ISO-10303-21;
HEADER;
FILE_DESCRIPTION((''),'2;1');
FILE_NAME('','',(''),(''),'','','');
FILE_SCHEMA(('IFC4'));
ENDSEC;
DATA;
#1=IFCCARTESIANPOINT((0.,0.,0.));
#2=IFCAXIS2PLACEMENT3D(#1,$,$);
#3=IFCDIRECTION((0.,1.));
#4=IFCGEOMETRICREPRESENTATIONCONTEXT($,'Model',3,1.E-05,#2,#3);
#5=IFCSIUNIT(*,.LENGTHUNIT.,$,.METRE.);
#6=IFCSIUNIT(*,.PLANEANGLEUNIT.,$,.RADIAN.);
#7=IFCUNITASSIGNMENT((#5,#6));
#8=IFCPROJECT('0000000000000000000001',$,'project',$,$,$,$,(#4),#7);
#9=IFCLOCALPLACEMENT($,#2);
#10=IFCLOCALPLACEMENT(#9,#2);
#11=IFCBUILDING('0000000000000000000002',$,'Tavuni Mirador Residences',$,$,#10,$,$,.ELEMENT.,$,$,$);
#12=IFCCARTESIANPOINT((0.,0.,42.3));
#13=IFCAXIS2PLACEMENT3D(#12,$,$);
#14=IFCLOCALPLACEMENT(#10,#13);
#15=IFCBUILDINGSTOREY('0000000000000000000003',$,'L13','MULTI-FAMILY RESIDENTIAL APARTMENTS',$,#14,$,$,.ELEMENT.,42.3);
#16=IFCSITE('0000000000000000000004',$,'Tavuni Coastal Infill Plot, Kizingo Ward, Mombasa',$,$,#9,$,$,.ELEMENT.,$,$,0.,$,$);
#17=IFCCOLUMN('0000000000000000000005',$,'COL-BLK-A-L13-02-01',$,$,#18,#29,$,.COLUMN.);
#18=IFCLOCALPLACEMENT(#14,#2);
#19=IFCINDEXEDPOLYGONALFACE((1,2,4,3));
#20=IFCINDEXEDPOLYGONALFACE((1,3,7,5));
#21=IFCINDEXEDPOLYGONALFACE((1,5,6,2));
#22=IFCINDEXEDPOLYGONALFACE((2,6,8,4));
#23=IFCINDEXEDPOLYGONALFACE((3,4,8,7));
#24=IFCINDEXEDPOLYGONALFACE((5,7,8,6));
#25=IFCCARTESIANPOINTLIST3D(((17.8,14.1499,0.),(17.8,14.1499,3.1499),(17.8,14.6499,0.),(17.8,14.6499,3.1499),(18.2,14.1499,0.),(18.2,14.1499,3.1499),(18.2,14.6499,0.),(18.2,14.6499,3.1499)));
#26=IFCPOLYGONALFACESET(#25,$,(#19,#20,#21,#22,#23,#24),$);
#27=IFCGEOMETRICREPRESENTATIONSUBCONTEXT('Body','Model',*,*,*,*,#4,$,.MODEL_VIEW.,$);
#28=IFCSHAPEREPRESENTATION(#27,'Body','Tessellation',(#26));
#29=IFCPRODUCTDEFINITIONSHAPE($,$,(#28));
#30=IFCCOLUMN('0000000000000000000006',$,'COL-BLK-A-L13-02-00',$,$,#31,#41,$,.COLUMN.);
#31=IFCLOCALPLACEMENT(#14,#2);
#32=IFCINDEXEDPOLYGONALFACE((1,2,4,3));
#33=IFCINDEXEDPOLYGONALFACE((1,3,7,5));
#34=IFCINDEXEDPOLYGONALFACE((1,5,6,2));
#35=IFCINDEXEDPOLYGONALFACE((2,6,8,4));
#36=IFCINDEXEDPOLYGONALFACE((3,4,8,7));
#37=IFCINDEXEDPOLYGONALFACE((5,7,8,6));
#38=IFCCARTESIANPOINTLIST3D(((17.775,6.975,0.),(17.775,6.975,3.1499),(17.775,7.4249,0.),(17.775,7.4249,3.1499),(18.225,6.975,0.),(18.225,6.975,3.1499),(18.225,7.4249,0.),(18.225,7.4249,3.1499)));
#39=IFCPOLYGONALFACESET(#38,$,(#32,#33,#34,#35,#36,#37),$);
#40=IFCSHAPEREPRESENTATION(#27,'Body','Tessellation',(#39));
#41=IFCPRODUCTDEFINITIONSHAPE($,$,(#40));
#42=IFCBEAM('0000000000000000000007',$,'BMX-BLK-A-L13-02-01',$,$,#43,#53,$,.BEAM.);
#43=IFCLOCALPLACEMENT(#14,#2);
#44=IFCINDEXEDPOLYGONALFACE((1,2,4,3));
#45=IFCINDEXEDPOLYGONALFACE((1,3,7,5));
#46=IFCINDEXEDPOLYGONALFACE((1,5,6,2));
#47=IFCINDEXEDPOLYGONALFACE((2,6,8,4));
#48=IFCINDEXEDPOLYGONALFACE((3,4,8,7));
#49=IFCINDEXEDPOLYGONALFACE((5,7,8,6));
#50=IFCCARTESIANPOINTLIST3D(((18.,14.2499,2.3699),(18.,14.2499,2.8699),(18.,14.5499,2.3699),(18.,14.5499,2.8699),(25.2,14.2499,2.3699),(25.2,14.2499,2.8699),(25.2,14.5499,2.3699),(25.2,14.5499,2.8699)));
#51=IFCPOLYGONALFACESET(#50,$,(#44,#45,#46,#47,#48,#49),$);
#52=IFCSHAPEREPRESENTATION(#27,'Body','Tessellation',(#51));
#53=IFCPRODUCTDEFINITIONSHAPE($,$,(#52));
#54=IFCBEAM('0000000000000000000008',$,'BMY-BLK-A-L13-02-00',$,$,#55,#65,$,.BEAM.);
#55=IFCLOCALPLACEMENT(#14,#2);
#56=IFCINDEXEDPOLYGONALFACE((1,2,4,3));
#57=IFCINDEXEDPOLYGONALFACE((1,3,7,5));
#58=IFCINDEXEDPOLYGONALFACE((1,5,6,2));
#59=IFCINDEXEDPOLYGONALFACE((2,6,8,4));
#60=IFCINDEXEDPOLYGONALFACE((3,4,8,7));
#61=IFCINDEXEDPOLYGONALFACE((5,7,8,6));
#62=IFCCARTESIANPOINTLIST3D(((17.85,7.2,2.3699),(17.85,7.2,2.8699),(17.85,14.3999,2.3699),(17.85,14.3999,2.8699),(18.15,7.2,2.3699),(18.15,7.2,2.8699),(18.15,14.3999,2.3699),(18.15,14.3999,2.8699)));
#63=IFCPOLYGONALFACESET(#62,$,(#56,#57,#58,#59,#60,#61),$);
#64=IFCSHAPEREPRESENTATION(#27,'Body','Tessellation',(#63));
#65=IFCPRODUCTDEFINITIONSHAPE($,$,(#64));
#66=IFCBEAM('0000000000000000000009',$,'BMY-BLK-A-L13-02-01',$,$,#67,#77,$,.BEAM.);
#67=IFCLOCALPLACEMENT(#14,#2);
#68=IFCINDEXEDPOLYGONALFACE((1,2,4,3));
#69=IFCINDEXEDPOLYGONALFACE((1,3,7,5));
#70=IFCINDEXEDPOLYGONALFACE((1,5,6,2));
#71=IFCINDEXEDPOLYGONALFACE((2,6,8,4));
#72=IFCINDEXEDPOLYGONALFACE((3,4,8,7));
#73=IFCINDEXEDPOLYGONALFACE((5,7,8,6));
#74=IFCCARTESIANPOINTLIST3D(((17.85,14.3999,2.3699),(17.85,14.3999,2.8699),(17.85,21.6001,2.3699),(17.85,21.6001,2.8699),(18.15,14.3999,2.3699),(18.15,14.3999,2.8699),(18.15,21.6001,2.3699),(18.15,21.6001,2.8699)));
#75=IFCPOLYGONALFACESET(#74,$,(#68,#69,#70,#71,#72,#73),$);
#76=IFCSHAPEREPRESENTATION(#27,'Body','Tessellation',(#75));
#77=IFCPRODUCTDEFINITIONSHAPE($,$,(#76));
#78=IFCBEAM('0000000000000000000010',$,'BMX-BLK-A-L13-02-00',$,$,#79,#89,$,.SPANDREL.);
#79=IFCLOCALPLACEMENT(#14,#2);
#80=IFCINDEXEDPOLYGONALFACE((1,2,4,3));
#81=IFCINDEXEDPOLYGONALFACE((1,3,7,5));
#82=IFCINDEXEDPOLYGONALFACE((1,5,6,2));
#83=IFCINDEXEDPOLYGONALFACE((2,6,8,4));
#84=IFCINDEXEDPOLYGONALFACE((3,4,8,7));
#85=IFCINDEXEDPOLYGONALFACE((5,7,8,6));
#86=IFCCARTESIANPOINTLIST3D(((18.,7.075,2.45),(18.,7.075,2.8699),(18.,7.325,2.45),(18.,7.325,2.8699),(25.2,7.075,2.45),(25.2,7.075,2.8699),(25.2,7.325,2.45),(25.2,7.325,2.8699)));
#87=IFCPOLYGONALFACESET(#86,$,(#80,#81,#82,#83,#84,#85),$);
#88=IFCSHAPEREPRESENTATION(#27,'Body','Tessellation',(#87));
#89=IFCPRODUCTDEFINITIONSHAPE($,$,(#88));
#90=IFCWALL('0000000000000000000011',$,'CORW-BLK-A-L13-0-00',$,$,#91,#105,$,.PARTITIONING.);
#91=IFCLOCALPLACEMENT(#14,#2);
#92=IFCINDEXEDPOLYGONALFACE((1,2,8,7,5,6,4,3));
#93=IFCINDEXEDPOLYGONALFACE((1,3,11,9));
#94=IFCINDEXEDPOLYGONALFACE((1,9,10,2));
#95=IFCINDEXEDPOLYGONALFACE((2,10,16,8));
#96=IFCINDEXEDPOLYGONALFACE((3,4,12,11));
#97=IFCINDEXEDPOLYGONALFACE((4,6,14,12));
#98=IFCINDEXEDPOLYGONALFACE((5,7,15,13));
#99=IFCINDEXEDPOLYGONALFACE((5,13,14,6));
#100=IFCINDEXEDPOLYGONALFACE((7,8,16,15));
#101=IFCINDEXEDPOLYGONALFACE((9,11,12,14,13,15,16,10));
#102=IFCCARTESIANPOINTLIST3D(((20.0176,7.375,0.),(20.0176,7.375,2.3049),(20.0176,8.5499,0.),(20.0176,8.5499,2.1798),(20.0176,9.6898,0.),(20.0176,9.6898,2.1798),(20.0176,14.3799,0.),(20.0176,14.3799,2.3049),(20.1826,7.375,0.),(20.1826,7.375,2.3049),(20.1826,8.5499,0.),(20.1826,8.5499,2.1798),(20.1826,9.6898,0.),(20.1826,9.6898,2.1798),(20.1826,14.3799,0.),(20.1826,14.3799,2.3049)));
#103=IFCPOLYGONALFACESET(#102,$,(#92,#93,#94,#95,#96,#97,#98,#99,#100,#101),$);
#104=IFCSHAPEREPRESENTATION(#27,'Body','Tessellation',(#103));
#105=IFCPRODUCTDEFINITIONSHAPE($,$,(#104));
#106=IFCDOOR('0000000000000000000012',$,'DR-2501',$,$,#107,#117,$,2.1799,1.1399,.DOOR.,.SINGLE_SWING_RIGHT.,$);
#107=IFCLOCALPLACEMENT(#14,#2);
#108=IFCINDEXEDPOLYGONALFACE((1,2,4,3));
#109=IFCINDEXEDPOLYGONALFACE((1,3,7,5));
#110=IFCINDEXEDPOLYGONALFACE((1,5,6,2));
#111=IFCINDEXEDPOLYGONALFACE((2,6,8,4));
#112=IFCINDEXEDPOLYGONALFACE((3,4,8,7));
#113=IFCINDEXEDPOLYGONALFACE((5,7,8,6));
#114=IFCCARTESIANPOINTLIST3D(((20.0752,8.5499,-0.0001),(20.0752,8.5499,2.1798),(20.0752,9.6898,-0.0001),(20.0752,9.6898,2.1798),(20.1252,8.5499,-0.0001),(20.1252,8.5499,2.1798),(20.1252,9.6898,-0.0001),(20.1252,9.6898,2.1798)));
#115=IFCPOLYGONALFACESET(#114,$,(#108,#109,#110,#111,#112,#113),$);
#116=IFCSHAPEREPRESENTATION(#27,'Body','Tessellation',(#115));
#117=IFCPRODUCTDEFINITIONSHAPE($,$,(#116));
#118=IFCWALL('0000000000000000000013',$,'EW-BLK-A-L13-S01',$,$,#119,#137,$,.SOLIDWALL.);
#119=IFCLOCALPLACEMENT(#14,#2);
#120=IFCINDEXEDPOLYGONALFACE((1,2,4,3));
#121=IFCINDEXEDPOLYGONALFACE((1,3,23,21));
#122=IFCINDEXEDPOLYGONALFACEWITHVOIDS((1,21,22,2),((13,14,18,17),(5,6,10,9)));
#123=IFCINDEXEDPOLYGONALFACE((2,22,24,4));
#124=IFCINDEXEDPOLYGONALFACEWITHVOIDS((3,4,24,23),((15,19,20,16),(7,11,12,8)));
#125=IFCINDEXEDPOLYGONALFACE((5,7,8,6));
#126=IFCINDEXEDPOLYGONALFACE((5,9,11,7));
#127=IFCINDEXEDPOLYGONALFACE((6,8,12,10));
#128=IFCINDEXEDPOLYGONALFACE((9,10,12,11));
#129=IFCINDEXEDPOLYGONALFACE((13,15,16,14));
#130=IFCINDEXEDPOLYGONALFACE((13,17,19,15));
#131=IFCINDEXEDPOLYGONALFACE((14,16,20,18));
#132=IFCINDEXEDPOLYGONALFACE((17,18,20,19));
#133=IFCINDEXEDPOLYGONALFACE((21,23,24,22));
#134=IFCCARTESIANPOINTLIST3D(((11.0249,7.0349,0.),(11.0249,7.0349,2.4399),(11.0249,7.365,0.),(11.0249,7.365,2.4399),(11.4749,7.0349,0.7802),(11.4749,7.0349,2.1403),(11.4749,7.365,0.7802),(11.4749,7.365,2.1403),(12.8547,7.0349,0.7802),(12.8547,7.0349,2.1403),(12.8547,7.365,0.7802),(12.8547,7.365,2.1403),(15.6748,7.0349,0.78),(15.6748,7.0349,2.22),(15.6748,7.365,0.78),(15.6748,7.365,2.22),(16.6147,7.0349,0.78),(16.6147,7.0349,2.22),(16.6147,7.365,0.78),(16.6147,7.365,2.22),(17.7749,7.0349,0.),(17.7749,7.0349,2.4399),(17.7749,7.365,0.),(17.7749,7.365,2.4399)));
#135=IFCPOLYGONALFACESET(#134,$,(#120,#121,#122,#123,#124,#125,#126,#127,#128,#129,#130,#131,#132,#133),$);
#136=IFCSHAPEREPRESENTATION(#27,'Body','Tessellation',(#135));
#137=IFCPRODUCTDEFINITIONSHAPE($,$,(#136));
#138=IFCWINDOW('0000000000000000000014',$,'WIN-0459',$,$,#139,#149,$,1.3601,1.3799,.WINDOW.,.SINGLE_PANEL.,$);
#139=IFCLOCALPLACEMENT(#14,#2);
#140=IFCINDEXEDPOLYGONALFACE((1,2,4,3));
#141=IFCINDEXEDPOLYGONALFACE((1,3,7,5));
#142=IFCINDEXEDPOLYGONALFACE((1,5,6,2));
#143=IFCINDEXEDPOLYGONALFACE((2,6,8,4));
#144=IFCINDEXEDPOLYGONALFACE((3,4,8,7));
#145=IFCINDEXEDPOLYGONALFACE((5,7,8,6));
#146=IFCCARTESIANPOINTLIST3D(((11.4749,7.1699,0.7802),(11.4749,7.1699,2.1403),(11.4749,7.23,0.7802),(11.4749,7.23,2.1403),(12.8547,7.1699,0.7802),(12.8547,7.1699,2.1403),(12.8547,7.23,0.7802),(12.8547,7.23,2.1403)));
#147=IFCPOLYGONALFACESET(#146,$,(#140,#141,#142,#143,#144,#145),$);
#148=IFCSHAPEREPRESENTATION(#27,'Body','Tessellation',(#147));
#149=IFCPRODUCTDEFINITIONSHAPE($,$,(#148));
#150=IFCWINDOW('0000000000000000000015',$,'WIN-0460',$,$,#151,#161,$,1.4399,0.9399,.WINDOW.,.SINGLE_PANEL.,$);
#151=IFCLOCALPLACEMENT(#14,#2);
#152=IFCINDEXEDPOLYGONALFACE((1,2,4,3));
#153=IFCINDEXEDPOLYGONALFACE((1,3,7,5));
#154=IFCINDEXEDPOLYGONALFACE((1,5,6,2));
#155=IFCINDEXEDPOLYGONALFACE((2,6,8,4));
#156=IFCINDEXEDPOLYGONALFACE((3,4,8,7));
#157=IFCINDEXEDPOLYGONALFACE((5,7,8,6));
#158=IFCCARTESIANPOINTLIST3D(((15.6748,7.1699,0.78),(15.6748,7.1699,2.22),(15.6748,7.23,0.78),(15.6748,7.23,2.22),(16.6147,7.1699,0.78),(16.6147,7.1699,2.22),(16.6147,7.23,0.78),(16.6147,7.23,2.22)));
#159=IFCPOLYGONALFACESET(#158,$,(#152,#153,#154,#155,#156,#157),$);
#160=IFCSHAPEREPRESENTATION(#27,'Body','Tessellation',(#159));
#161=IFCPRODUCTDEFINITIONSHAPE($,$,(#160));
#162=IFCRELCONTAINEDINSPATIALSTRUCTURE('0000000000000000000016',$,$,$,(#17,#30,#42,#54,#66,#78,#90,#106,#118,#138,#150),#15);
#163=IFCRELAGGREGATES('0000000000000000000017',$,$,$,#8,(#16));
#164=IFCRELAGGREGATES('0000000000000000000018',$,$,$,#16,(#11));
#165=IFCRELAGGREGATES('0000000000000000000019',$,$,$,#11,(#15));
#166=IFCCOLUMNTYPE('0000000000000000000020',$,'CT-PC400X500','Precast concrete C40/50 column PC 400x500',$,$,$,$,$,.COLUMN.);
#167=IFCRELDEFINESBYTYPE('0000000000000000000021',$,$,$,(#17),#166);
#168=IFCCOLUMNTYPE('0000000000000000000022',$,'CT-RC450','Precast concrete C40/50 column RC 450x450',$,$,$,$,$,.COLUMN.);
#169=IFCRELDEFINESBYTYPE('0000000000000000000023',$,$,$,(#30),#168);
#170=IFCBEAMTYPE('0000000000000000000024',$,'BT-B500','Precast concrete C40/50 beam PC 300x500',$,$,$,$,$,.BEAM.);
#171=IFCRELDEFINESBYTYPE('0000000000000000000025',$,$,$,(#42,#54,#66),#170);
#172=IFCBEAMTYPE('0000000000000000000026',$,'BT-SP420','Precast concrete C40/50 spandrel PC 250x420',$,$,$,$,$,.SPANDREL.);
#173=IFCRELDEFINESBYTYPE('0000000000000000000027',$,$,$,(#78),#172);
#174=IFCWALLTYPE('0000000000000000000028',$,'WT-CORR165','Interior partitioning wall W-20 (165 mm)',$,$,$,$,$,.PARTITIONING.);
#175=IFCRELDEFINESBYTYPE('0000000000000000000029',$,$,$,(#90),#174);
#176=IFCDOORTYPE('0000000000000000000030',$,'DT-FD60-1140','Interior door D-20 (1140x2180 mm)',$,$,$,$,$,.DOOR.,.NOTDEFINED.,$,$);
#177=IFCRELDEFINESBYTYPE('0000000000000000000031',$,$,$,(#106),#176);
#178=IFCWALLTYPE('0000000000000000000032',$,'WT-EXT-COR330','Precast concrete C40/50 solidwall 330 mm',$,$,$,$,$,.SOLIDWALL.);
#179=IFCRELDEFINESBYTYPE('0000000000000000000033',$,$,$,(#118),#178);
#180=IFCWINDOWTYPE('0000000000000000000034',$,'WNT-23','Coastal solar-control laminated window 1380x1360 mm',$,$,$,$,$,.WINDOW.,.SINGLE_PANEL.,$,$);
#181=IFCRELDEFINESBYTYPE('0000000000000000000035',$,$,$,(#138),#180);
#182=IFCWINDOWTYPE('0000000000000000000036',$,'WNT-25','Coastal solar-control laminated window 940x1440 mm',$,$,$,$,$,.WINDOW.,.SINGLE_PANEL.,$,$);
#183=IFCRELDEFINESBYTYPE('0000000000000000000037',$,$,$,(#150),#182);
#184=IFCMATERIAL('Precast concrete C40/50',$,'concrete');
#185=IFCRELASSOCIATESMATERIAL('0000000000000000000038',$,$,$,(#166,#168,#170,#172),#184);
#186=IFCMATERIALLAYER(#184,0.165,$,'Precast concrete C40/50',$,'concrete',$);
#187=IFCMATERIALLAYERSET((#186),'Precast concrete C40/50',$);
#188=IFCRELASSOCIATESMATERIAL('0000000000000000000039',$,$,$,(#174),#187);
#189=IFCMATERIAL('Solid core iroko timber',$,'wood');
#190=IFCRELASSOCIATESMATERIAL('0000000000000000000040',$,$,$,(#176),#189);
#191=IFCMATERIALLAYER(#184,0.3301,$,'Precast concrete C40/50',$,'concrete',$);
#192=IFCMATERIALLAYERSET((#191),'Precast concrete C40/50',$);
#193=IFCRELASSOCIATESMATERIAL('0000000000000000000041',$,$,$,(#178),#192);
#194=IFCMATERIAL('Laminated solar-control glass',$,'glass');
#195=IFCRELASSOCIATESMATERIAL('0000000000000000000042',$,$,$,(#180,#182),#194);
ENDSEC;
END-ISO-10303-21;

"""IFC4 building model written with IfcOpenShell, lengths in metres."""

from ifc_helpers import new_model, si_unit, direction, frame, frame_2d, origin, origin_2d, place, context, subcontext, project, spatial, rectangle, extrude, material, layer, layer_set, material_profile, profile_set, type_object, element, fill, save


model = new_model("IFC4")

# Units and contexts
model_context = context("Model", 3, precision=1e-05, world=origin(), true_north=direction((0.0, 1.0)))
body_context = subcontext(model_context, "Body", "Model", "MODEL_VIEW")
ifc_project = project(units=[si_unit("LENGTHUNIT", "METRE"), si_unit("PLANEANGLEUNIT", "RADIAN")], contexts=[model_context])

# Site, building, storey
site_placement = place(None, origin())
site = spatial("IfcSite", under=ifc_project, at=site_placement, Name="Tavuni Coastal Infill Plot, Kizingo Ward, Mombasa", CompositionType="ELEMENT", RefElevation=0.0)
building_placement = place(site_placement, origin())
building = spatial("IfcBuilding", under=site, at=building_placement, Name="Tavuni Mirador Residences", CompositionType="ELEMENT")
storey_placement = place(building_placement, frame((0.0, 0.0, 42.3)))
storey = spatial("IfcBuildingStorey", under=building, at=storey_placement, Name="L13", Description="MULTI-FAMILY RESIDENTIAL APARTMENTS", CompositionType="ELEMENT", Elevation=42.3)

# Columns
ifc_material_1 = material(Name="Precast concrete C40/50", Category="concrete")
ifc_material_profile_1 = material_profile(ifc_material_1, rectangle(XDim=0.3999, YDim=0.5, at=origin_2d()), Name="PC 400x500", Category="concrete")
ifc_profile_set_1 = profile_set([ifc_material_profile_1], Name="Precast concrete C40/50")
column_type_1 = type_object("IfcColumnType", Name="CT-PC400X500", Description="Precast concrete C40/50 column PC 400x500", PredefinedType="COLUMN", material=ifc_profile_set_1)
column_1_placement = place(storey_placement, frame((18.0, 14.3999, 0.0), z_axis=(0.0, 0.0, 1.0), x_axis=(1.0, 0.0, 0.0)))
element("IfcColumn", 1, at=column_1_placement, inside=storey, type_object=column_type_1, Name="COL-BLK-A-L13-02-01", PredefinedType="COLUMN", context=body_context, shape_type="SweptSolid", body=[
    extrude(rectangle(XDim=0.3999, YDim=0.5, at=origin_2d()), origin(), (0.0, 0.0, 1.0), 3.1499),
])
ifc_material_profile_2 = material_profile(ifc_material_1, rectangle(XDim=0.45, YDim=0.45, at=origin_2d()), Name="RC 450x450", Category="concrete")
ifc_profile_set_2 = profile_set([ifc_material_profile_2], Name="Precast concrete C40/50")
column_type_2 = type_object("IfcColumnType", Name="CT-RC450", Description="Precast concrete C40/50 column RC 450x450", PredefinedType="COLUMN", material=ifc_profile_set_2)
column_2_placement = place(storey_placement, frame((18.0, 7.2, 0.0), z_axis=(0.0, 0.0, 1.0), x_axis=(1.0, 0.0, 0.0)))
element("IfcColumn", 2, at=column_2_placement, inside=storey, type_object=column_type_2, Name="COL-BLK-A-L13-02-00", PredefinedType="COLUMN", context=body_context, shape_type="SweptSolid", body=[
    extrude(rectangle(XDim=0.45, YDim=0.45, at=origin_2d()), origin(), (0.0, 0.0, 1.0), 3.1499),
])

# Beams
ifc_material_profile_3 = material_profile(ifc_material_1, rectangle(XDim=0.3, YDim=0.5, at=origin_2d()), Name="PC 300x500", Category="concrete")
ifc_profile_set_3 = profile_set([ifc_material_profile_3], Name="Precast concrete C40/50")
beam_type_1 = type_object("IfcBeamType", Name="BT-B500", Description="Precast concrete C40/50 beam PC 300x500", PredefinedType="BEAM", material=ifc_profile_set_3)
for number, where, z_axis, x_axis, name in (
    (3, (18.0, 14.3999, 2.6199), (1.0, 0.0, 0.0), (0.0, 1.0, 0.0), "BMX-BLK-A-L13-02-01"),
    (4, (18.0, 7.2, 2.6199), (0.0, 1.0, 0.0), (-1.0, 0.0, 0.0), "BMY-BLK-A-L13-02-00"),
):
    element("IfcBeam", number, at=place(storey_placement, frame(where, z_axis=z_axis, x_axis=x_axis)), inside=storey, type_object=beam_type_1, Name=name, PredefinedType="BEAM", context=body_context, shape_type="SweptSolid", body=[
        extrude(rectangle(XDim=0.3, YDim=0.5, at=origin_2d()), origin(), (0.0, 0.0, 1.0), 7.2),
    ])
beam_1_placement = place(storey_placement, frame((18.0, 14.3999, 2.6199), z_axis=(0.0, 1.0, 0.0), x_axis=(-1.0, 0.0, 0.0)))
element("IfcBeam", 5, at=beam_1_placement, inside=storey, type_object=beam_type_1, Name="BMY-BLK-A-L13-02-01", PredefinedType="BEAM", context=body_context, shape_type="SweptSolid", body=[
    extrude(rectangle(XDim=0.3, YDim=0.5, at=origin_2d()), origin(), (0.0, 0.0, 1.0), 7.2002),
])
ifc_material_profile_4 = material_profile(ifc_material_1, rectangle(XDim=0.25, YDim=0.4199, at=origin_2d()), Name="PC 250x420", Category="concrete")
ifc_profile_set_4 = profile_set([ifc_material_profile_4], Name="Precast concrete C40/50")
beam_type_2 = type_object("IfcBeamType", Name="BT-SP420", Description="Precast concrete C40/50 spandrel PC 250x420", PredefinedType="SPANDREL", material=ifc_profile_set_4)
beam_2_placement = place(storey_placement, frame((18.0, 7.2, 2.6599), z_axis=(1.0, 0.0, 0.0), x_axis=(0.0, 1.0, 0.0)))
element("IfcBeam", 6, at=beam_2_placement, inside=storey, type_object=beam_type_2, Name="BMX-BLK-A-L13-02-00", PredefinedType="SPANDREL", context=body_context, shape_type="SweptSolid", body=[
    extrude(rectangle(XDim=0.25, YDim=0.4199, at=origin_2d()), origin(), (0.0, 0.0, 1.0), 7.2),
])

# Wall, opening, door
ifc_material_2 = material(Name="Solid core iroko timber", Category="wood")
ifc_layer_1 = layer(ifc_material_1, 0.165, Name="Precast concrete C40/50", Category="concrete")
ifc_layer_set_1 = layer_set([ifc_layer_1], Name="Precast concrete C40/50")
wall_type_1 = type_object("IfcWallType", Name="WT-CORR165", Description="Interior partitioning wall W-20 (165 mm)", PredefinedType="PARTITIONING", material=ifc_layer_set_1)
wall_1_placement = place(storey_placement, frame((20.1001, 7.375, 0.0), z_axis=(0.0, 0.0, 1.0), x_axis=(0.0, 1.0, 0.0)))
wall_1 = element("IfcWall", 7, at=wall_1_placement, inside=storey, type_object=wall_type_1, Name="CORW-BLK-A-L13-0-00", PredefinedType="PARTITIONING", context=body_context, shape_type="SweptSolid", body=[
    extrude(rectangle(XDim=7.0049, YDim=0.165, at=frame_2d((3.5024, 0.0))), origin(), (0.0, 0.0, 1.0), 2.3049),
])
opening_1_placement = place(wall_1_placement, frame((1.175, 0.0, 0.0)))
opening_1 = element("IfcOpeningElement", 8, at=opening_1_placement, cuts=wall_1, PredefinedType="OPENING", context=body_context, shape_type="SweptSolid", body=[
    extrude(rectangle(XDim=1.1399, YDim=2.1799, at=frame_2d((0.5698, 1.0898))), frame((0.0, 0.0925, 0.0), z_axis=(0.0, -1.0, 0.0), x_axis=(1.0, 0.0, 0.0)), (0.0, 0.0, 1.0), 0.1851),
])
door_type_1 = type_object("IfcDoorType", Name="DT-FD60-1140", Description="Interior door D-20 (1140x2180 mm)", OperationType="NOTDEFINED", PredefinedType="DOOR", material=ifc_material_2)
door_1_placement = place(opening_1_placement, origin())
door_1 = element("IfcDoor", 9, at=door_1_placement, inside=storey, type_object=door_type_1, Name="DR-2501", OperationType="SINGLE_SWING_RIGHT", OverallHeight=2.1799, OverallWidth=1.1399, PredefinedType="DOOR", context=body_context, shape_type="SweptSolid", body=[
    extrude(rectangle(XDim=1.1399, YDim=2.1799, at=frame_2d((0.5698, 1.0898))), frame((0.0, 0.0249, 0.0), z_axis=(0.0, -1.0, 0.0), x_axis=(1.0, 0.0, 0.0)), (0.0, 0.0, 1.0), 0.05),
])
fill(opening_1, door_1)

# Wall, openings, windows
ifc_layer_2 = layer(ifc_material_1, 0.3301, Name="Precast concrete C40/50", Category="concrete")
ifc_layer_set_2 = layer_set([ifc_layer_2], Name="Precast concrete C40/50")
wall_type_2 = type_object("IfcWallType", Name="WT-EXT-COR330", Description="Precast concrete C40/50 solidwall 330 mm", PredefinedType="SOLIDWALL", material=ifc_layer_set_2)
wall_2_placement = place(storey_placement, frame((11.0249, 7.2, 0.0), z_axis=(0.0, 0.0, 1.0), x_axis=(1.0, 0.0, 0.0)))
wall_2 = element("IfcWall", 10, at=wall_2_placement, inside=storey, type_object=wall_type_2, Name="EW-BLK-A-L13-S01", PredefinedType="SOLIDWALL", context=body_context, shape_type="SweptSolid", body=[
    extrude(rectangle(XDim=6.75, YDim=0.3301, at=frame_2d((3.375, 0.0))), origin(), (0.0, 0.0, 1.0), 2.4399),
])
opening_2_placement = place(wall_2_placement, frame((0.45, 0.0, 0.78)))
opening_2 = element("IfcOpeningElement", 11, at=opening_2_placement, cuts=wall_2, PredefinedType="OPENING", context=body_context, shape_type="SweptSolid", body=[
    extrude(rectangle(XDim=1.3799, YDim=1.3601, at=frame_2d((0.6899, 0.6802))), frame((0.0, 0.175, 0.0), z_axis=(0.0, -1.0, 0.0), x_axis=(1.0, 0.0, 0.0)), (0.0, 0.0, 1.0), 0.3501),
])
opening_3_placement = place(wall_2_placement, frame((4.6499, 0.0, 0.78)))
opening_3 = element("IfcOpeningElement", 12, at=opening_3_placement, cuts=wall_2, PredefinedType="OPENING", context=body_context, shape_type="SweptSolid", body=[
    extrude(rectangle(XDim=0.9399, YDim=1.4399, at=frame_2d((0.47, 0.72))), frame((0.0, 0.175, 0.0), z_axis=(0.0, -1.0, 0.0), x_axis=(1.0, 0.0, 0.0)), (0.0, 0.0, 1.0), 0.3501),
])
ifc_material_3 = material(Name="Laminated solar-control glass", Category="glass")
window_type_1 = type_object("IfcWindowType", Name="WNT-23", Description="Coastal solar-control laminated window 1380x1360 mm", PartitioningType="SINGLE_PANEL", PredefinedType="WINDOW", material=ifc_material_3)
window_1_placement = place(opening_2_placement, origin())
window_1 = element("IfcWindow", 13, at=window_1_placement, inside=storey, type_object=window_type_1, Name="WIN-0459", OverallHeight=1.3601, OverallWidth=1.3799, PartitioningType="SINGLE_PANEL", PredefinedType="WINDOW", context=body_context, shape_type="SweptSolid", body=[
    extrude(rectangle(XDim=1.3799, YDim=1.3601, at=frame_2d((0.6899, 0.6802))), frame((0.0, 0.03, 0.0), z_axis=(0.0, -1.0, 0.0), x_axis=(1.0, 0.0, 0.0)), (0.0, 0.0, 1.0), 0.0601),
])
fill(opening_2, window_1)
window_type_2 = type_object("IfcWindowType", Name="WNT-25", Description="Coastal solar-control laminated window 940x1440 mm", PartitioningType="SINGLE_PANEL", PredefinedType="WINDOW", material=ifc_material_3)
window_2_placement = place(opening_3_placement, origin())
window_2 = element("IfcWindow", 14, at=window_2_placement, inside=storey, type_object=window_type_2, Name="WIN-0460", OverallHeight=1.4399, OverallWidth=0.9399, PartitioningType="SINGLE_PANEL", PredefinedType="WINDOW", context=body_context, shape_type="SweptSolid", body=[
    extrude(rectangle(XDim=0.9399, YDim=1.4399, at=frame_2d((0.47, 0.72))), frame((0.0, 0.03, 0.0), z_axis=(0.0, -1.0, 0.0), x_axis=(1.0, 0.0, 0.0)), (0.0, 0.0, 1.0), 0.0601),
])
fill(opening_3, window_2)

save(model, "model.ifc")
